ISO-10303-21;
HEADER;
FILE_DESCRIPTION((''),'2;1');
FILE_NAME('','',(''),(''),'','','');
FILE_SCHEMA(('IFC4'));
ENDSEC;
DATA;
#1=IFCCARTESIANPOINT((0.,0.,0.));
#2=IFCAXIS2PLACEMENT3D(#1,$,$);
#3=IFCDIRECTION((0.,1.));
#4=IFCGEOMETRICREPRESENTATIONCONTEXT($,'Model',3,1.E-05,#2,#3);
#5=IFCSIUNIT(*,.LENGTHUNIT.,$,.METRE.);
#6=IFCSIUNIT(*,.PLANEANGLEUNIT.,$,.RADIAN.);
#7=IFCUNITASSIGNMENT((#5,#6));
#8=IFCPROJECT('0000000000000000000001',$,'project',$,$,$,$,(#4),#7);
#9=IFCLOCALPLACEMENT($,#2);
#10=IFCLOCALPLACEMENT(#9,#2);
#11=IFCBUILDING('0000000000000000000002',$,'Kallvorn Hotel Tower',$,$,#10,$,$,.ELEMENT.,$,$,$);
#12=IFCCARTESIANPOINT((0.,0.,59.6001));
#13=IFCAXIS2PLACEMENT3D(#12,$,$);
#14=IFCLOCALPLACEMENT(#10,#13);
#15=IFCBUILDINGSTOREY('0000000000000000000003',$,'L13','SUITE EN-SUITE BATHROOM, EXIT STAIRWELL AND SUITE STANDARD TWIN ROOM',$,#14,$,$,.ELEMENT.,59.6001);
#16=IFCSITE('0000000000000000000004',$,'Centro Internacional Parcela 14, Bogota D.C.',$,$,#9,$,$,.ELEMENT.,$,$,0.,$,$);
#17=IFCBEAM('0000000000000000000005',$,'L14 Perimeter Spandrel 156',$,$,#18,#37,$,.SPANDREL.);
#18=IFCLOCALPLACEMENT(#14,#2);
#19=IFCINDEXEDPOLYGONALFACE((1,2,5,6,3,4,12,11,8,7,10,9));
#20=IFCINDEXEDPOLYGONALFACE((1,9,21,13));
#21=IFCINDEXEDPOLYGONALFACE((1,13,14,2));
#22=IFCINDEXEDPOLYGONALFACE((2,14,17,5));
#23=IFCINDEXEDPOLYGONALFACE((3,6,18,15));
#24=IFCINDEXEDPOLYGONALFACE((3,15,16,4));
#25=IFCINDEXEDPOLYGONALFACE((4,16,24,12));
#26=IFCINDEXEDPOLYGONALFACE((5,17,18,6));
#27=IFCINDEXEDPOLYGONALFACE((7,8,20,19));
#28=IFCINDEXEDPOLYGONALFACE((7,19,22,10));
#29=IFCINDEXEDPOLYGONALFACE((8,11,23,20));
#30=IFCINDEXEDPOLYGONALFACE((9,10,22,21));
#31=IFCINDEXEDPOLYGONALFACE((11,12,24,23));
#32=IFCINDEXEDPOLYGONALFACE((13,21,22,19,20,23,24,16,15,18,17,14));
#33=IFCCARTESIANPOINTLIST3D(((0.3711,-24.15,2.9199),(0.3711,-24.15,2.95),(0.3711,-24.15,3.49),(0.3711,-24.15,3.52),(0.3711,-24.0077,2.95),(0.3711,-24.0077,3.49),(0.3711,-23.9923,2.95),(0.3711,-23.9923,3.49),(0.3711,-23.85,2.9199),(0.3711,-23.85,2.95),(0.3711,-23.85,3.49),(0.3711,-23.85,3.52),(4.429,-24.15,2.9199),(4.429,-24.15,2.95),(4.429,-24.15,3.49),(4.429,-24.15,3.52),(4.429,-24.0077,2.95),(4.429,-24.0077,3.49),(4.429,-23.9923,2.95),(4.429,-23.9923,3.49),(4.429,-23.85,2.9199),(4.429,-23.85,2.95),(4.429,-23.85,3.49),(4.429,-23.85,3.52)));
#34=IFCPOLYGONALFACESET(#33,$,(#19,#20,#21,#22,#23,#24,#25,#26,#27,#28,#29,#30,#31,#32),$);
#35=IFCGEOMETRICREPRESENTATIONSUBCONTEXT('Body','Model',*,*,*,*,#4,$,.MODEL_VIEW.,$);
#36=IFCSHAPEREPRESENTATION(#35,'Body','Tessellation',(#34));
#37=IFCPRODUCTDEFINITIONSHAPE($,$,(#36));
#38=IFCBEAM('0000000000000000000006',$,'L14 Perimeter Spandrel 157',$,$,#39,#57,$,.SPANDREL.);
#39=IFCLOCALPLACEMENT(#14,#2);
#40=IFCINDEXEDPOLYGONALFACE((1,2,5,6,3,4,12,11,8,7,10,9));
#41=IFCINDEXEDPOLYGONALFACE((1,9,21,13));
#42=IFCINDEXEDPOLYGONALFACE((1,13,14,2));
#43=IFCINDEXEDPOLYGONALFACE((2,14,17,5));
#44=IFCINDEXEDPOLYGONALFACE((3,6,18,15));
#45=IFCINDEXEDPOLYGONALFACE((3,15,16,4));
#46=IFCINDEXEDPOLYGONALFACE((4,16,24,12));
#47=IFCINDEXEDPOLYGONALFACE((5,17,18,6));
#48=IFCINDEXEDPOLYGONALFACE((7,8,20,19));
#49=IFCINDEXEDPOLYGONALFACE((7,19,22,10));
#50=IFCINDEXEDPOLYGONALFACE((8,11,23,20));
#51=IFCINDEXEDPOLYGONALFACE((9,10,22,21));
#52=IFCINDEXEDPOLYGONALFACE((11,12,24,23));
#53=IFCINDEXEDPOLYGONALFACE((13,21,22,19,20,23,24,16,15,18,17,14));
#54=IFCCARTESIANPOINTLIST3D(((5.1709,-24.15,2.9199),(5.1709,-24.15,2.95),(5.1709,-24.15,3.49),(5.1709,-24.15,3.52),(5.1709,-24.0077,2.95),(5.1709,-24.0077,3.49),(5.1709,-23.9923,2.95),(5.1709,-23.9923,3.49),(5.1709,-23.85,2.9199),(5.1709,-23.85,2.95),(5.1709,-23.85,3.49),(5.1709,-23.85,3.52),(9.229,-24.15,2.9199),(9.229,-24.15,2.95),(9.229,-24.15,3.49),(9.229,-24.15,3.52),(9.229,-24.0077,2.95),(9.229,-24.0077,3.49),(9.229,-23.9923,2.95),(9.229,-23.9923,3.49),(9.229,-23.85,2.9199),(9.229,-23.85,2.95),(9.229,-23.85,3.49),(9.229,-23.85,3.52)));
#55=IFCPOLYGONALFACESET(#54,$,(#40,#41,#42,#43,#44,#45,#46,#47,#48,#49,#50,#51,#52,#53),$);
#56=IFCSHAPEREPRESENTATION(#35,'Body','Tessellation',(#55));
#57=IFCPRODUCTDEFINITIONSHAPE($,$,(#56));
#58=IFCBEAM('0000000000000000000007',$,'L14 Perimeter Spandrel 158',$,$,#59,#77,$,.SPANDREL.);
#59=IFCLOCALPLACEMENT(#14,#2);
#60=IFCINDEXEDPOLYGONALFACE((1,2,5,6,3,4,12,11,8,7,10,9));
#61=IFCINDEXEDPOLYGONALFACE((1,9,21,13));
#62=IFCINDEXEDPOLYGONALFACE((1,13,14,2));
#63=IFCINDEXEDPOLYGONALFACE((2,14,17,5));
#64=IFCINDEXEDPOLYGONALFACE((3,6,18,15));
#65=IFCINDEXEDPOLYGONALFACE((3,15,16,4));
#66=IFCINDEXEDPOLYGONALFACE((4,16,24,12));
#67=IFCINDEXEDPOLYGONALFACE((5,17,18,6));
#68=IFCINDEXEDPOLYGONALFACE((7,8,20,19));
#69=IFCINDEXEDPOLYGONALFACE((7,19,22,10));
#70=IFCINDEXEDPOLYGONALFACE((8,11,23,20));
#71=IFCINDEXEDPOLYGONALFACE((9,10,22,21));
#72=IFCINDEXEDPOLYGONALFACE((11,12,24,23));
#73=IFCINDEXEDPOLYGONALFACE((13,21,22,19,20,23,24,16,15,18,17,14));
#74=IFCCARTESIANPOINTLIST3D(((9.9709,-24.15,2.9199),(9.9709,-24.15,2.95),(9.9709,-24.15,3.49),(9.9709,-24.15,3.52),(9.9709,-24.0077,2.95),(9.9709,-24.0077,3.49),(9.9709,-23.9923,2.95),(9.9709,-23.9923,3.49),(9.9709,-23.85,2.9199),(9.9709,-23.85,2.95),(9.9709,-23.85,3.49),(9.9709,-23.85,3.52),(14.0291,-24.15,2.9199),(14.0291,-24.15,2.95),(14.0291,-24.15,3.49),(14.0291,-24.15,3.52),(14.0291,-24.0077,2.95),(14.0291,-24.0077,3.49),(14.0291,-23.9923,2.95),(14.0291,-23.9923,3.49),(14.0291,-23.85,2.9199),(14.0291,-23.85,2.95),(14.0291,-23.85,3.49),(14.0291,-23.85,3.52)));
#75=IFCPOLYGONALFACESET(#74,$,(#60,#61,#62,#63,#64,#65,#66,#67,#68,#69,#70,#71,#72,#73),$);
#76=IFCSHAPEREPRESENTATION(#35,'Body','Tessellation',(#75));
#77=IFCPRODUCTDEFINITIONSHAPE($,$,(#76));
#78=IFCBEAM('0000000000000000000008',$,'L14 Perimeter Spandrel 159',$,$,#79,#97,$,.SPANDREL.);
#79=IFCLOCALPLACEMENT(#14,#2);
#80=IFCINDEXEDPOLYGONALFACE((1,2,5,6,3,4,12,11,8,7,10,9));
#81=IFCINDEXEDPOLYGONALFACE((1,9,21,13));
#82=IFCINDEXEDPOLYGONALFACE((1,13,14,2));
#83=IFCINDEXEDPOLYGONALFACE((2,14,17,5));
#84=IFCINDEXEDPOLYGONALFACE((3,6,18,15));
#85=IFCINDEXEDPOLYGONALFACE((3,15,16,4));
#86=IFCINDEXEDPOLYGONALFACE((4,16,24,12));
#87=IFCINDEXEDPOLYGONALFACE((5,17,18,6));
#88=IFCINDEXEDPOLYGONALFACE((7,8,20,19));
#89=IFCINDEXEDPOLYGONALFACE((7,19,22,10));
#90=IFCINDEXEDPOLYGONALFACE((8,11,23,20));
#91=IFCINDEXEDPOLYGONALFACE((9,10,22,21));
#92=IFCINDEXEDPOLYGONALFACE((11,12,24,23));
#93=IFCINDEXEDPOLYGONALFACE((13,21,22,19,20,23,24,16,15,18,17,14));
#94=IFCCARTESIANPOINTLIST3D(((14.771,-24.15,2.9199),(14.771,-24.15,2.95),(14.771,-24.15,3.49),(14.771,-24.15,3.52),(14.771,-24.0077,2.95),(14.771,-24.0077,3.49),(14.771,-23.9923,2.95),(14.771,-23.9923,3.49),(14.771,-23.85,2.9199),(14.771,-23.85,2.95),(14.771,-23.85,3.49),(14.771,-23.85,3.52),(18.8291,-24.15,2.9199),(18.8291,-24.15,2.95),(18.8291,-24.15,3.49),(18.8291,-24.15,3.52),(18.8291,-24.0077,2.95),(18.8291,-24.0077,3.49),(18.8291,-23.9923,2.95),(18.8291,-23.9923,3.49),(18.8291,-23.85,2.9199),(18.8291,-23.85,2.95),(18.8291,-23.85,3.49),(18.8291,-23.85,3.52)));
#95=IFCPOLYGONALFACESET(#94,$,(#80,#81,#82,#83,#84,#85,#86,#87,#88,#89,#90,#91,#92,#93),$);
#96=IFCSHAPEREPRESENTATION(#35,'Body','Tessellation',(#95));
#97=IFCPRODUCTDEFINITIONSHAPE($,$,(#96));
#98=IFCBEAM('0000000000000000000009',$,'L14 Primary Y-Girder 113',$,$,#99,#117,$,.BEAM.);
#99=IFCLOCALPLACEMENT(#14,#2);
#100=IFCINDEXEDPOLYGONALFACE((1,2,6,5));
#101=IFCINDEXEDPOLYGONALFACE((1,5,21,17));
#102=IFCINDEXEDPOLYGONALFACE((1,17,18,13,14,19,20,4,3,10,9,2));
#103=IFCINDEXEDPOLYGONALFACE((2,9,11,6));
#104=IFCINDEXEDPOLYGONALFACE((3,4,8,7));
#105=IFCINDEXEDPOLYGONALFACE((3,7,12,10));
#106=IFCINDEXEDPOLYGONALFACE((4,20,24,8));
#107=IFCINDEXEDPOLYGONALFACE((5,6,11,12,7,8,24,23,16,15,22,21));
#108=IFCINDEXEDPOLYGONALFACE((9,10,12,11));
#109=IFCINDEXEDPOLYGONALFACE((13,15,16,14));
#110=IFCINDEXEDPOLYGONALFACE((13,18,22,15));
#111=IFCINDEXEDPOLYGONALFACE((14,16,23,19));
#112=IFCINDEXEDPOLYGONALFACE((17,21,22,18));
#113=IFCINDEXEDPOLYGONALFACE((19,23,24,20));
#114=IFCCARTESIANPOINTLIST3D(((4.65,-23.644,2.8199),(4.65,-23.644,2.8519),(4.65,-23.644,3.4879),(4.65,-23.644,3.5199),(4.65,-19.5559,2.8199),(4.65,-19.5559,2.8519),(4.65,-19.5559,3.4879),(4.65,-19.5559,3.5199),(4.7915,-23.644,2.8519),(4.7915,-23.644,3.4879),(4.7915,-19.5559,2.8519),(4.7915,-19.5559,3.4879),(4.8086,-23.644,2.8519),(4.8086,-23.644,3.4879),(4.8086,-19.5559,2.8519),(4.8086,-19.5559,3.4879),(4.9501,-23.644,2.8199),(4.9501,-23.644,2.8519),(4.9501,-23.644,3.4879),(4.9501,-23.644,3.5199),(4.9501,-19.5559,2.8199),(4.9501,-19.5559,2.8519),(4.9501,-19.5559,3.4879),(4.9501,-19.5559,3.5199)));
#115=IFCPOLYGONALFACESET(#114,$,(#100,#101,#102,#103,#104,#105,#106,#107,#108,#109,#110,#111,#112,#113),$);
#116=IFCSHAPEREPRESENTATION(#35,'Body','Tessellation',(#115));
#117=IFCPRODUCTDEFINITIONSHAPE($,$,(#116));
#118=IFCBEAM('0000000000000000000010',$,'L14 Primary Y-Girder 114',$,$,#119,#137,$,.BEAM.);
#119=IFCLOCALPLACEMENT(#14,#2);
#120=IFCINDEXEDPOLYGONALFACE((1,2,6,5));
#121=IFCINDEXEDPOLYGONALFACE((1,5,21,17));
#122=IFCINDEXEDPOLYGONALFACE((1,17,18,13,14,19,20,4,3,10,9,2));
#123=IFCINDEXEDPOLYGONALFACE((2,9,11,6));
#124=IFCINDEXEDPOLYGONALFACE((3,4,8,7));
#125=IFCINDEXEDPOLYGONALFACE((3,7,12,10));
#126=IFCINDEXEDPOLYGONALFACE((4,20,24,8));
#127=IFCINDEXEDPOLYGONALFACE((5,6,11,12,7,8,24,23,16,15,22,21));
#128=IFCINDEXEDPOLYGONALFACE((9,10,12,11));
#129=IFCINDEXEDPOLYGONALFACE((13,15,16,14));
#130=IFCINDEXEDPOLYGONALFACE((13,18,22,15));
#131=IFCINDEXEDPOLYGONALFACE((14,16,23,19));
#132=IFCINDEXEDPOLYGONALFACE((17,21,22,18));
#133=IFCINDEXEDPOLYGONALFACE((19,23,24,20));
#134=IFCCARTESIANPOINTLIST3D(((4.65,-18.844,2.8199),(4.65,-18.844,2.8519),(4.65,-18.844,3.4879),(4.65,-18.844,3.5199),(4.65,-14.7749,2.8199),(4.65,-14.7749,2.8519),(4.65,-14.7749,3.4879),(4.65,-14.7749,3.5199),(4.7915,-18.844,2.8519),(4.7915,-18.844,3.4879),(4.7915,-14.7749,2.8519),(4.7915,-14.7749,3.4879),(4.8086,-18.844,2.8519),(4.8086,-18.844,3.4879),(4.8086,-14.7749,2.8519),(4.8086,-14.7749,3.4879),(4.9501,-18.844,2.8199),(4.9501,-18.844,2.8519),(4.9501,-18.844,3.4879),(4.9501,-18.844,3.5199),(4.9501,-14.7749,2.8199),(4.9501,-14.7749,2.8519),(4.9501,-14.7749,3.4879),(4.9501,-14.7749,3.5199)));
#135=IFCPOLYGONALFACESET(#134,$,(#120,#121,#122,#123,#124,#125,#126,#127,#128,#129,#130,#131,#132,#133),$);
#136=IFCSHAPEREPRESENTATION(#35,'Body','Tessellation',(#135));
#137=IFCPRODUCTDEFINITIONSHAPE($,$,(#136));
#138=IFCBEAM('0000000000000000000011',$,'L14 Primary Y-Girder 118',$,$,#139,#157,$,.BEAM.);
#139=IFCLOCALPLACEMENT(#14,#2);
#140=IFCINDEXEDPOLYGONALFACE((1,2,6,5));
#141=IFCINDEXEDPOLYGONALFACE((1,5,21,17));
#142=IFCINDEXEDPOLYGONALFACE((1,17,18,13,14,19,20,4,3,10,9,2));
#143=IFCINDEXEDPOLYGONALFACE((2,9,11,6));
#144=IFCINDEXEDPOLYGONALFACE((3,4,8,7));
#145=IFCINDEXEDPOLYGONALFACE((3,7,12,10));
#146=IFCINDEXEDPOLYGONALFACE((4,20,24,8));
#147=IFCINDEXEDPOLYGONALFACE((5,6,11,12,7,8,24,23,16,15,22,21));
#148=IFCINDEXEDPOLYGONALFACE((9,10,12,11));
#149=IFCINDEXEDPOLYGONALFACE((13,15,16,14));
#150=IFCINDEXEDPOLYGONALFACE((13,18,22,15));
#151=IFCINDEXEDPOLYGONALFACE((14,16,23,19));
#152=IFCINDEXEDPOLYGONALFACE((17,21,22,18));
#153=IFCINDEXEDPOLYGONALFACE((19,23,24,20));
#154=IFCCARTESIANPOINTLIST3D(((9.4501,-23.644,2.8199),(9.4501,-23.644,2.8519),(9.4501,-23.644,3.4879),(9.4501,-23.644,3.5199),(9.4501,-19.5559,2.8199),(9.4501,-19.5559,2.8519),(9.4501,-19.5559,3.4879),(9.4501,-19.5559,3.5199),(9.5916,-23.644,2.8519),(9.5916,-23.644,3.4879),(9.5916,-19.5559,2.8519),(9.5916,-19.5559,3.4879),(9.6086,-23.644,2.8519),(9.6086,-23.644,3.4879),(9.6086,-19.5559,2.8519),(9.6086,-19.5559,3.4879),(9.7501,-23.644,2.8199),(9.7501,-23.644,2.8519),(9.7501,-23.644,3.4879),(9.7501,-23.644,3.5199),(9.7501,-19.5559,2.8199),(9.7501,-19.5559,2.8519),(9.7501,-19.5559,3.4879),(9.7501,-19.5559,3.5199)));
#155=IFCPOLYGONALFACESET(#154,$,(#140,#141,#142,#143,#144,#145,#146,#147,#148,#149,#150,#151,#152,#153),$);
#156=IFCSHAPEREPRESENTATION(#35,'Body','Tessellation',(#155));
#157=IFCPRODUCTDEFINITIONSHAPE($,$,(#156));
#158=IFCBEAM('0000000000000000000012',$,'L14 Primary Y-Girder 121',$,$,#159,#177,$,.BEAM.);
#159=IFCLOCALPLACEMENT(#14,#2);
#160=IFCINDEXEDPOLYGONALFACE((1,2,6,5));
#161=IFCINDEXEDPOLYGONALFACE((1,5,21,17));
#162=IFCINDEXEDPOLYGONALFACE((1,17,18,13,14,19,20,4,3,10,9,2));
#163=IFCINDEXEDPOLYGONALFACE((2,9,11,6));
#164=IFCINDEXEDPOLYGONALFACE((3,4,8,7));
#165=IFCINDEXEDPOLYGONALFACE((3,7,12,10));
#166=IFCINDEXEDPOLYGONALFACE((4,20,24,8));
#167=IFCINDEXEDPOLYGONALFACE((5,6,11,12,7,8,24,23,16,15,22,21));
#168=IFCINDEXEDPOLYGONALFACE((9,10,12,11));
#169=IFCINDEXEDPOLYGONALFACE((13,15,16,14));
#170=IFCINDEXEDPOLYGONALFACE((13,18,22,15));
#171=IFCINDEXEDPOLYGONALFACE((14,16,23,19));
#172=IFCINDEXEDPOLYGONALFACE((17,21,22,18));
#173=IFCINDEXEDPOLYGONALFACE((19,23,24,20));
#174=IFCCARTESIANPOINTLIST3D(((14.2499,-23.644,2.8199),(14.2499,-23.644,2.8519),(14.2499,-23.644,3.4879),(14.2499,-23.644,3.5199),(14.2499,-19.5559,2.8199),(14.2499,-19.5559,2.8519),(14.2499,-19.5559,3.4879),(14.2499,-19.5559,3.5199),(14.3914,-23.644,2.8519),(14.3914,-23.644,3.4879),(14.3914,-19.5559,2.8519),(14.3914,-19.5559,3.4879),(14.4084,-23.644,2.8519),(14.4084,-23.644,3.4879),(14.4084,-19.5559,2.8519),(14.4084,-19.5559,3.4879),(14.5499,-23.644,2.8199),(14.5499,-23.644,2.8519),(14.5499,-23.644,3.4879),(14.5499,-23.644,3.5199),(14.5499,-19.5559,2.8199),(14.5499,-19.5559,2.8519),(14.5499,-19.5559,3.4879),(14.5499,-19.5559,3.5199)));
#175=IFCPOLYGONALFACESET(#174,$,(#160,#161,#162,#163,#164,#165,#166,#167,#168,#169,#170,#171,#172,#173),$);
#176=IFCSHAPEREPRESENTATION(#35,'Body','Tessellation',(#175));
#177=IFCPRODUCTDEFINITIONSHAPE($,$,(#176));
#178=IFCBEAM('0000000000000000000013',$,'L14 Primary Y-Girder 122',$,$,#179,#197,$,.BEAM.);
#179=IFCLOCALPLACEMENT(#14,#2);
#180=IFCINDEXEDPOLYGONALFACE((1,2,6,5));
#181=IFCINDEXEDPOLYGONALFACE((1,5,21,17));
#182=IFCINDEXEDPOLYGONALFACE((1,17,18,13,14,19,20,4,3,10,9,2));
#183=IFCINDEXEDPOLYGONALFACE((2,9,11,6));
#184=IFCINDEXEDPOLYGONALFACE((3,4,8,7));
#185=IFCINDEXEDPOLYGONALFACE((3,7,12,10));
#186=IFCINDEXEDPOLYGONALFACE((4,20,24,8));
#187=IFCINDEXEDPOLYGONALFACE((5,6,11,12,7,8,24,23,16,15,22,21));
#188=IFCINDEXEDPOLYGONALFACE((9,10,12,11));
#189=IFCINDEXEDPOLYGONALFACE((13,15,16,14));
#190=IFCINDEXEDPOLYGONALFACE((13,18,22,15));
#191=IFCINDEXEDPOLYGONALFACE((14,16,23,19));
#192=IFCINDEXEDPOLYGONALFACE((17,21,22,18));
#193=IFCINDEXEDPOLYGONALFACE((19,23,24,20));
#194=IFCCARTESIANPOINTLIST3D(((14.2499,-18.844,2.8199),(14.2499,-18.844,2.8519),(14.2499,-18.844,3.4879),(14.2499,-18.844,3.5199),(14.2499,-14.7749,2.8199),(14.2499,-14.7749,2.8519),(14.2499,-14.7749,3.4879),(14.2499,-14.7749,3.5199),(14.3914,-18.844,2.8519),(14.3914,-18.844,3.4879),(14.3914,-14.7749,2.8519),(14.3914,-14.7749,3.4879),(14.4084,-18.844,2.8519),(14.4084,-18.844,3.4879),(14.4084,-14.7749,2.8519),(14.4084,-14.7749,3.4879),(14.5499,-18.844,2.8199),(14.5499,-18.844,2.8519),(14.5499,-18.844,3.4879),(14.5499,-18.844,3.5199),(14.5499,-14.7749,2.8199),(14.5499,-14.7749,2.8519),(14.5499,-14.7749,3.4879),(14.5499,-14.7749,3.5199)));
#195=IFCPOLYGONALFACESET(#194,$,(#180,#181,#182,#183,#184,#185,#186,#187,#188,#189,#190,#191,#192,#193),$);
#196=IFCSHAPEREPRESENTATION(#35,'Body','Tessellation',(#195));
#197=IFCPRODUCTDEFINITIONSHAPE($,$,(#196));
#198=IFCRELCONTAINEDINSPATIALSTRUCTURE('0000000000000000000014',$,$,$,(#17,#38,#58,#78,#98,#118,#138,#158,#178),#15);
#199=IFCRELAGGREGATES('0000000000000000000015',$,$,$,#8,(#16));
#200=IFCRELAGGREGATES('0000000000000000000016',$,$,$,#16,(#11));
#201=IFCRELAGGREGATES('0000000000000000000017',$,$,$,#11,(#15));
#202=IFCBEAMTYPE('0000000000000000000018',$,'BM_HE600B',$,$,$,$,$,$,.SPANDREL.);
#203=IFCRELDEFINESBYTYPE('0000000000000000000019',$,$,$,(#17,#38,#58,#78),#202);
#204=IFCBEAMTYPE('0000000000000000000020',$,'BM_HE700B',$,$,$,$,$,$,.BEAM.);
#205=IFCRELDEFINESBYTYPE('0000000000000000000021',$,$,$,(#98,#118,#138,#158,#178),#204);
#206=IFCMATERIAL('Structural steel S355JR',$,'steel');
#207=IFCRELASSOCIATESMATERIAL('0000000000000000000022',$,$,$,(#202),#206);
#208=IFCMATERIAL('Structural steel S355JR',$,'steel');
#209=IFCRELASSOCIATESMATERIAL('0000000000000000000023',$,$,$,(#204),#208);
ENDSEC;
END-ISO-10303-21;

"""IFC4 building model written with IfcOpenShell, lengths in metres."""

from ifc_helpers import new_model, si_unit, direction, frame, origin, origin_2d, place, context, subcontext, project, spatial, i_section, extrude, material, material_profile, profile_set, type_object, element, save


model = new_model("IFC4")

# Units and contexts
model_context = context("Model", 3, precision=1e-05, world=origin(), true_north=direction((0.0, 1.0)))
body_context = subcontext(model_context, "Body", "Model", "MODEL_VIEW")
ifc_project = project(units=[si_unit("LENGTHUNIT", "METRE"), si_unit("PLANEANGLEUNIT", "RADIAN")], contexts=[model_context])

# Site, building, storey
site_placement = place(None, origin())
site = spatial("IfcSite", under=ifc_project, at=site_placement, Name="Centro Internacional Parcela 14, Bogota D.C.", CompositionType="ELEMENT", RefElevation=0.0)
building_placement = place(site_placement, origin())
building = spatial("IfcBuilding", under=site, at=building_placement, Name="Kallvorn Hotel Tower", CompositionType="ELEMENT")
storey_placement = place(building_placement, frame((0.0, 0.0, 59.6001)))
storey = spatial("IfcBuildingStorey", under=building, at=storey_placement, Name="L13", Description="SUITE EN-SUITE BATHROOM, EXIT STAIRWELL AND SUITE STANDARD TWIN ROOM", CompositionType="ELEMENT", Elevation=59.6001)

# Beams
ifc_material_1 = material(Name="Structural steel S355JR", Category="steel")
ifc_material_profile_1 = material_profile(ifc_material_1, i_section(OverallWidth=0.3, OverallDepth=0.6001, WebThickness=0.0154, FlangeThickness=0.03, at=origin_2d()), Name="HE 600 B")
ifc_profile_set_1 = profile_set([ifc_material_profile_1], Name="Structural steel S355JR")
beam_type_1 = type_object("IfcBeamType", Name="BM_HE600B", PredefinedType="SPANDREL", material=ifc_profile_set_1)
beam_1_placement = place(storey_placement, frame((0.3711, -24.0, 3.22), z_axis=(1.0, 0.0, 0.0), x_axis=(0.0, 1.0, 0.0)))
element("IfcBeam", 1, at=beam_1_placement, inside=storey, type_object=beam_type_1, Name="L14 Perimeter Spandrel 156", PredefinedType="SPANDREL", context=body_context, shape_type="SweptSolid", body=[
    extrude(i_section(OverallWidth=0.3, OverallDepth=0.6001, WebThickness=0.0154, FlangeThickness=0.03, at=origin_2d()), origin(), (0.0, 0.0, 1.0), 4.0579),
])
for number, where, z_axis, x_axis, name in (
    (2, (5.1709, -24.0, 3.22), (1.0, 0.0, 0.0), (0.0, 1.0, 0.0), "L14 Perimeter Spandrel 157"),
    (3, (9.9709, -24.0, 3.22), (1.0, 0.0, 0.0), (0.0, 1.0, 0.0), "L14 Perimeter Spandrel 158"),
    (4, (14.771, -24.0, 3.22), (1.0, 0.0, 0.0), (0.0, 1.0, 0.0), "L14 Perimeter Spandrel 159"),
):
    element("IfcBeam", number, at=place(storey_placement, frame(where, z_axis=z_axis, x_axis=x_axis)), inside=storey, type_object=beam_type_1, Name=name, PredefinedType="SPANDREL", context=body_context, shape_type="SweptSolid", body=[
        extrude(i_section(OverallWidth=0.3, OverallDepth=0.6001, WebThickness=0.0154, FlangeThickness=0.03, at=origin_2d()), origin(), (0.0, 0.0, 1.0), 4.0581),
    ])
ifc_material_2 = material(Name="Structural steel S355JR", Category="steel")
ifc_material_profile_2 = material_profile(ifc_material_2, i_section(OverallWidth=0.3, OverallDepth=0.7, WebThickness=0.0171, FlangeThickness=0.032, at=origin_2d()), Name="HE 700 B")
ifc_profile_set_2 = profile_set([ifc_material_profile_2], Name="Structural steel S355JR")
beam_type_2 = type_object("IfcBeamType", Name="BM_HE700B", PredefinedType="BEAM", material=ifc_profile_set_2)
beam_2_placement = place(storey_placement, frame((4.8, -23.644, 3.1699), z_axis=(0.0, 1.0, 0.0), x_axis=(-1.0, 0.0, 0.0)))
element("IfcBeam", 5, at=beam_2_placement, inside=storey, type_object=beam_type_2, Name="L14 Primary Y-Girder 113", PredefinedType="BEAM", context=body_context, shape_type="SweptSolid", body=[
    extrude(i_section(OverallWidth=0.3, OverallDepth=0.7, WebThickness=0.0171, FlangeThickness=0.032, at=origin_2d()), origin(), (0.0, 0.0, 1.0), 4.0881),
])
beam_3_placement = place(storey_placement, frame((4.8, -18.844, 3.1699), z_axis=(0.0, 1.0, 0.0), x_axis=(-1.0, 0.0, 0.0)))
element("IfcBeam", 6, at=beam_3_placement, inside=storey, type_object=beam_type_2, Name="L14 Primary Y-Girder 114", PredefinedType="BEAM", context=body_context, shape_type="SweptSolid", body=[
    extrude(i_section(OverallWidth=0.3, OverallDepth=0.7, WebThickness=0.0171, FlangeThickness=0.032, at=origin_2d()), origin(), (0.0, 0.0, 1.0), 4.0691),
])
for number, where, z_axis, x_axis, name in (
    (7, (9.6001, -23.644, 3.1699), (0.0, 1.0, 0.0), (-1.0, 0.0, 0.0), "L14 Primary Y-Girder 118"),
    (8, (14.3999, -23.644, 3.1699), (0.0, 1.0, 0.0), (-1.0, 0.0, 0.0), "L14 Primary Y-Girder 121"),
):
    element("IfcBeam", number, at=place(storey_placement, frame(where, z_axis=z_axis, x_axis=x_axis)), inside=storey, type_object=beam_type_2, Name=name, PredefinedType="BEAM", context=body_context, shape_type="SweptSolid", body=[
        extrude(i_section(OverallWidth=0.3, OverallDepth=0.7, WebThickness=0.0171, FlangeThickness=0.032, at=origin_2d()), origin(), (0.0, 0.0, 1.0), 4.0881),
    ])
beam_4_placement = place(storey_placement, frame((14.3999, -18.844, 3.1699), z_axis=(0.0, 1.0, 0.0), x_axis=(-1.0, 0.0, 0.0)))
element("IfcBeam", 9, at=beam_4_placement, inside=storey, type_object=beam_type_2, Name="L14 Primary Y-Girder 122", PredefinedType="BEAM", context=body_context, shape_type="SweptSolid", body=[
    extrude(i_section(OverallWidth=0.3, OverallDepth=0.7, WebThickness=0.0171, FlangeThickness=0.032, at=origin_2d()), origin(), (0.0, 0.0, 1.0), 4.0691),
])

save(model, "model.ifc")
